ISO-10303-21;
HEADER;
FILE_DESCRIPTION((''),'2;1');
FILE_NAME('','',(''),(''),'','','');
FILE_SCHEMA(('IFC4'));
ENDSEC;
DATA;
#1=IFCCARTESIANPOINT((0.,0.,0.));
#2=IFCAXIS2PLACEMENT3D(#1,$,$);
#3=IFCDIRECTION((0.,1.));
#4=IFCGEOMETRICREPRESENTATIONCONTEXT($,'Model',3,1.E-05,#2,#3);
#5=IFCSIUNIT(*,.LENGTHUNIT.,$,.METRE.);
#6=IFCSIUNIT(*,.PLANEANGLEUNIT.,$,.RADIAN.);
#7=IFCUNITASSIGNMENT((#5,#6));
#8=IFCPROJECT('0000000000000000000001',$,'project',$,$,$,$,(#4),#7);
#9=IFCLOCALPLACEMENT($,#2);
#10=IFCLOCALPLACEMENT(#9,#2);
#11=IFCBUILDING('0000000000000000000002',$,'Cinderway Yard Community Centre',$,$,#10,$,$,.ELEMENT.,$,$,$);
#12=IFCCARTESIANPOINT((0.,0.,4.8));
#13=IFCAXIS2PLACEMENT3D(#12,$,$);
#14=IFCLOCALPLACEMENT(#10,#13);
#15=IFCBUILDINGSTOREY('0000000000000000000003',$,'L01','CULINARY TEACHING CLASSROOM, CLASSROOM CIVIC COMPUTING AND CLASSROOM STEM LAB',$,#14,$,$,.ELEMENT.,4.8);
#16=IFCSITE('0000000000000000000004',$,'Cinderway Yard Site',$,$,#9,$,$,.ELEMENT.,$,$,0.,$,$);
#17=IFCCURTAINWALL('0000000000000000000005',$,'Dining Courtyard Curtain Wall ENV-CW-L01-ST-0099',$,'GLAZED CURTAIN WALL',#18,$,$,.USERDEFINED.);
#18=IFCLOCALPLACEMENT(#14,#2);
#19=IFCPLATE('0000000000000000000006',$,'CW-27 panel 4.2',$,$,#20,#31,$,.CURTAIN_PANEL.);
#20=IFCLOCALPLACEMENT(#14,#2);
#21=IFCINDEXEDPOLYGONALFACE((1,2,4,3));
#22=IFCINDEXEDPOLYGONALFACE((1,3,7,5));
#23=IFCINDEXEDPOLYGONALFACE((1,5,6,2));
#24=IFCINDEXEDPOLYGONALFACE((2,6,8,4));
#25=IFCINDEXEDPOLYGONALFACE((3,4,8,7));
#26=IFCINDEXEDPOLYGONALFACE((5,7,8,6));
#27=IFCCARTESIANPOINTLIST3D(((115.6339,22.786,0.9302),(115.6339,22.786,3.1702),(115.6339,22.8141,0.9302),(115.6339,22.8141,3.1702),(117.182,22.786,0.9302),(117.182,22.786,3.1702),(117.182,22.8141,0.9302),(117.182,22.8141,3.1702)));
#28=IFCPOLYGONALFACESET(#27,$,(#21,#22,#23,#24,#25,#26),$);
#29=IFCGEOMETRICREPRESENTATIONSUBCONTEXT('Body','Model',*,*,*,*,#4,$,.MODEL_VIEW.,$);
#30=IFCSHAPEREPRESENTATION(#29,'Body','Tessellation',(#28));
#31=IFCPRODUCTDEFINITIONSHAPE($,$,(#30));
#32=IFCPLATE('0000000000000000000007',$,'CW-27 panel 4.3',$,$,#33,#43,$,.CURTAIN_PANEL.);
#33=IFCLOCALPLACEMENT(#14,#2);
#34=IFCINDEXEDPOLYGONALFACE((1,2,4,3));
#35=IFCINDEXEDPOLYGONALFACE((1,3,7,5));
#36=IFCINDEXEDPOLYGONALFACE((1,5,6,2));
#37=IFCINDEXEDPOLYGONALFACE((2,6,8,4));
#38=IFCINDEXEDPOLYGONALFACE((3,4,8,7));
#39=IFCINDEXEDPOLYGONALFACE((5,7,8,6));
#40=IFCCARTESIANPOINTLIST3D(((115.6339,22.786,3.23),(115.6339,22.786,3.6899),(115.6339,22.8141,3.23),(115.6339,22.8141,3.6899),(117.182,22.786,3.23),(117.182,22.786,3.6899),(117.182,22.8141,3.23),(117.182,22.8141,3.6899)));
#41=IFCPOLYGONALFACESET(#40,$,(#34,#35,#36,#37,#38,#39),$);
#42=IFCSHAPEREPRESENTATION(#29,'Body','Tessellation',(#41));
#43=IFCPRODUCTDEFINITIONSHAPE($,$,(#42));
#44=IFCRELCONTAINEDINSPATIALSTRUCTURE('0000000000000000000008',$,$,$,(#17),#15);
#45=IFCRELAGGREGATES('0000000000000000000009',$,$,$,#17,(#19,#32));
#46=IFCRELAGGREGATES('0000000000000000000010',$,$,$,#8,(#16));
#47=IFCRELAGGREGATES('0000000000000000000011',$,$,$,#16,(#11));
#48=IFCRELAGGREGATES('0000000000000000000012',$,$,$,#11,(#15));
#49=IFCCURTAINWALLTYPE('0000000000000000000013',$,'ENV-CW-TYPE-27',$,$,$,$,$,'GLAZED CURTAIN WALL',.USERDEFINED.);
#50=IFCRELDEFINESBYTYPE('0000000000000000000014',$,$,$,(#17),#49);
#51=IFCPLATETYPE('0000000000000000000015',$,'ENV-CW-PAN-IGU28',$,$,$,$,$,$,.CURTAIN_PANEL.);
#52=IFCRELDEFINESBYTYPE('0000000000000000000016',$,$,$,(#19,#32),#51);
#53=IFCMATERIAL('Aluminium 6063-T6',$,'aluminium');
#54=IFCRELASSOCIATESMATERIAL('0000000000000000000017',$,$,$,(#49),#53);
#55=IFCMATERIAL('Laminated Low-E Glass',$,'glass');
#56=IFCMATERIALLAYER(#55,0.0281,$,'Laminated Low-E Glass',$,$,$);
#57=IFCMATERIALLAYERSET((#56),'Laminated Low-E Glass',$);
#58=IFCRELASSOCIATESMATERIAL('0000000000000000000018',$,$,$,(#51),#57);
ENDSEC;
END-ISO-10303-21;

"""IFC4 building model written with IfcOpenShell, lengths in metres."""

from ifc_helpers import new_model, si_unit, direction, frame, origin, origin_2d, place, context, subcontext, project, spatial, rectangle, extrude, material, layer, layer_set, type_object, element, aggregate, save


model = new_model("IFC4")

# Units and contexts
model_context = context("Model", 3, precision=1e-05, world=origin(), true_north=direction((0.0, 1.0)))
body_context = subcontext(model_context, "Body", "Model", "MODEL_VIEW")
ifc_project = project(units=[si_unit("LENGTHUNIT", "METRE"), si_unit("PLANEANGLEUNIT", "RADIAN")], contexts=[model_context])

# Site, building, storey
site_placement = place(None, origin())
site = spatial("IfcSite", under=ifc_project, at=site_placement, Name="Cinderway Yard Site", CompositionType="ELEMENT", RefElevation=0.0)
building_placement = place(site_placement, origin())
building = spatial("IfcBuilding", under=site, at=building_placement, Name="Cinderway Yard Community Centre", CompositionType="ELEMENT")
storey_placement = place(building_placement, frame((0.0, 0.0, 4.8)))
storey = spatial("IfcBuildingStorey", under=building, at=storey_placement, Name="L01", Description="CULINARY TEACHING CLASSROOM, CLASSROOM CIVIC COMPUTING AND CLASSROOM STEM LAB", CompositionType="ELEMENT", Elevation=4.8)

# Curtain wall, plates
ifc_material_1 = material(Name="Aluminium 6063-T6", Category="aluminium")
curtain_wall_type = type_object("IfcCurtainWallType", Name="ENV-CW-TYPE-27", ElementType="GLAZED CURTAIN WALL", PredefinedType="USERDEFINED", material=ifc_material_1)
curtain_wall_placement = place(storey_placement, origin())
curtain_wall = element("IfcCurtainWall", 1, at=curtain_wall_placement, inside=storey, type_object=curtain_wall_type, Name="Dining Courtyard Curtain Wall ENV-CW-L01-ST-0099", ObjectType="GLAZED CURTAIN WALL", PredefinedType="USERDEFINED")
ifc_material_2 = material(Name="Laminated Low-E Glass", Category="glass")
ifc_layer = layer(ifc_material_2, 0.0281, Name="Laminated Low-E Glass")
ifc_layer_set = layer_set([ifc_layer], Name="Laminated Low-E Glass")
plate_type = type_object("IfcPlateType", Name="ENV-CW-PAN-IGU28", PredefinedType="CURTAIN_PANEL", material=ifc_layer_set)
plate_1_placement = place(storey_placement, frame((116.408, 22.8, 0.9302), z_axis=(0.0, 0.0, 1.0), x_axis=(1.0, 0.0, 0.0)))
plate_1 = element("IfcPlate", 2, at=plate_1_placement, type_object=plate_type, Name="CW-27 panel 4.2", PredefinedType="CURTAIN_PANEL", context=body_context, shape_type="SweptSolid", body=[
    extrude(rectangle(XDim=1.5481, YDim=0.0281, at=origin_2d()), origin(), (0.0, 0.0, 1.0), 2.24),
])
plate_2_placement = place(storey_placement, frame((116.408, 22.8, 3.23), z_axis=(0.0, 0.0, 1.0), x_axis=(1.0, 0.0, 0.0)))
plate_2 = element("IfcPlate", 3, at=plate_2_placement, type_object=plate_type, Name="CW-27 panel 4.3", PredefinedType="CURTAIN_PANEL", context=body_context, shape_type="SweptSolid", body=[
    extrude(rectangle(XDim=1.5481, YDim=0.0281, at=origin_2d()), origin(), (0.0, 0.0, 1.0), 0.46),
])
aggregate(curtain_wall, [plate_1, plate_2])

save(model, "model.ifc")
